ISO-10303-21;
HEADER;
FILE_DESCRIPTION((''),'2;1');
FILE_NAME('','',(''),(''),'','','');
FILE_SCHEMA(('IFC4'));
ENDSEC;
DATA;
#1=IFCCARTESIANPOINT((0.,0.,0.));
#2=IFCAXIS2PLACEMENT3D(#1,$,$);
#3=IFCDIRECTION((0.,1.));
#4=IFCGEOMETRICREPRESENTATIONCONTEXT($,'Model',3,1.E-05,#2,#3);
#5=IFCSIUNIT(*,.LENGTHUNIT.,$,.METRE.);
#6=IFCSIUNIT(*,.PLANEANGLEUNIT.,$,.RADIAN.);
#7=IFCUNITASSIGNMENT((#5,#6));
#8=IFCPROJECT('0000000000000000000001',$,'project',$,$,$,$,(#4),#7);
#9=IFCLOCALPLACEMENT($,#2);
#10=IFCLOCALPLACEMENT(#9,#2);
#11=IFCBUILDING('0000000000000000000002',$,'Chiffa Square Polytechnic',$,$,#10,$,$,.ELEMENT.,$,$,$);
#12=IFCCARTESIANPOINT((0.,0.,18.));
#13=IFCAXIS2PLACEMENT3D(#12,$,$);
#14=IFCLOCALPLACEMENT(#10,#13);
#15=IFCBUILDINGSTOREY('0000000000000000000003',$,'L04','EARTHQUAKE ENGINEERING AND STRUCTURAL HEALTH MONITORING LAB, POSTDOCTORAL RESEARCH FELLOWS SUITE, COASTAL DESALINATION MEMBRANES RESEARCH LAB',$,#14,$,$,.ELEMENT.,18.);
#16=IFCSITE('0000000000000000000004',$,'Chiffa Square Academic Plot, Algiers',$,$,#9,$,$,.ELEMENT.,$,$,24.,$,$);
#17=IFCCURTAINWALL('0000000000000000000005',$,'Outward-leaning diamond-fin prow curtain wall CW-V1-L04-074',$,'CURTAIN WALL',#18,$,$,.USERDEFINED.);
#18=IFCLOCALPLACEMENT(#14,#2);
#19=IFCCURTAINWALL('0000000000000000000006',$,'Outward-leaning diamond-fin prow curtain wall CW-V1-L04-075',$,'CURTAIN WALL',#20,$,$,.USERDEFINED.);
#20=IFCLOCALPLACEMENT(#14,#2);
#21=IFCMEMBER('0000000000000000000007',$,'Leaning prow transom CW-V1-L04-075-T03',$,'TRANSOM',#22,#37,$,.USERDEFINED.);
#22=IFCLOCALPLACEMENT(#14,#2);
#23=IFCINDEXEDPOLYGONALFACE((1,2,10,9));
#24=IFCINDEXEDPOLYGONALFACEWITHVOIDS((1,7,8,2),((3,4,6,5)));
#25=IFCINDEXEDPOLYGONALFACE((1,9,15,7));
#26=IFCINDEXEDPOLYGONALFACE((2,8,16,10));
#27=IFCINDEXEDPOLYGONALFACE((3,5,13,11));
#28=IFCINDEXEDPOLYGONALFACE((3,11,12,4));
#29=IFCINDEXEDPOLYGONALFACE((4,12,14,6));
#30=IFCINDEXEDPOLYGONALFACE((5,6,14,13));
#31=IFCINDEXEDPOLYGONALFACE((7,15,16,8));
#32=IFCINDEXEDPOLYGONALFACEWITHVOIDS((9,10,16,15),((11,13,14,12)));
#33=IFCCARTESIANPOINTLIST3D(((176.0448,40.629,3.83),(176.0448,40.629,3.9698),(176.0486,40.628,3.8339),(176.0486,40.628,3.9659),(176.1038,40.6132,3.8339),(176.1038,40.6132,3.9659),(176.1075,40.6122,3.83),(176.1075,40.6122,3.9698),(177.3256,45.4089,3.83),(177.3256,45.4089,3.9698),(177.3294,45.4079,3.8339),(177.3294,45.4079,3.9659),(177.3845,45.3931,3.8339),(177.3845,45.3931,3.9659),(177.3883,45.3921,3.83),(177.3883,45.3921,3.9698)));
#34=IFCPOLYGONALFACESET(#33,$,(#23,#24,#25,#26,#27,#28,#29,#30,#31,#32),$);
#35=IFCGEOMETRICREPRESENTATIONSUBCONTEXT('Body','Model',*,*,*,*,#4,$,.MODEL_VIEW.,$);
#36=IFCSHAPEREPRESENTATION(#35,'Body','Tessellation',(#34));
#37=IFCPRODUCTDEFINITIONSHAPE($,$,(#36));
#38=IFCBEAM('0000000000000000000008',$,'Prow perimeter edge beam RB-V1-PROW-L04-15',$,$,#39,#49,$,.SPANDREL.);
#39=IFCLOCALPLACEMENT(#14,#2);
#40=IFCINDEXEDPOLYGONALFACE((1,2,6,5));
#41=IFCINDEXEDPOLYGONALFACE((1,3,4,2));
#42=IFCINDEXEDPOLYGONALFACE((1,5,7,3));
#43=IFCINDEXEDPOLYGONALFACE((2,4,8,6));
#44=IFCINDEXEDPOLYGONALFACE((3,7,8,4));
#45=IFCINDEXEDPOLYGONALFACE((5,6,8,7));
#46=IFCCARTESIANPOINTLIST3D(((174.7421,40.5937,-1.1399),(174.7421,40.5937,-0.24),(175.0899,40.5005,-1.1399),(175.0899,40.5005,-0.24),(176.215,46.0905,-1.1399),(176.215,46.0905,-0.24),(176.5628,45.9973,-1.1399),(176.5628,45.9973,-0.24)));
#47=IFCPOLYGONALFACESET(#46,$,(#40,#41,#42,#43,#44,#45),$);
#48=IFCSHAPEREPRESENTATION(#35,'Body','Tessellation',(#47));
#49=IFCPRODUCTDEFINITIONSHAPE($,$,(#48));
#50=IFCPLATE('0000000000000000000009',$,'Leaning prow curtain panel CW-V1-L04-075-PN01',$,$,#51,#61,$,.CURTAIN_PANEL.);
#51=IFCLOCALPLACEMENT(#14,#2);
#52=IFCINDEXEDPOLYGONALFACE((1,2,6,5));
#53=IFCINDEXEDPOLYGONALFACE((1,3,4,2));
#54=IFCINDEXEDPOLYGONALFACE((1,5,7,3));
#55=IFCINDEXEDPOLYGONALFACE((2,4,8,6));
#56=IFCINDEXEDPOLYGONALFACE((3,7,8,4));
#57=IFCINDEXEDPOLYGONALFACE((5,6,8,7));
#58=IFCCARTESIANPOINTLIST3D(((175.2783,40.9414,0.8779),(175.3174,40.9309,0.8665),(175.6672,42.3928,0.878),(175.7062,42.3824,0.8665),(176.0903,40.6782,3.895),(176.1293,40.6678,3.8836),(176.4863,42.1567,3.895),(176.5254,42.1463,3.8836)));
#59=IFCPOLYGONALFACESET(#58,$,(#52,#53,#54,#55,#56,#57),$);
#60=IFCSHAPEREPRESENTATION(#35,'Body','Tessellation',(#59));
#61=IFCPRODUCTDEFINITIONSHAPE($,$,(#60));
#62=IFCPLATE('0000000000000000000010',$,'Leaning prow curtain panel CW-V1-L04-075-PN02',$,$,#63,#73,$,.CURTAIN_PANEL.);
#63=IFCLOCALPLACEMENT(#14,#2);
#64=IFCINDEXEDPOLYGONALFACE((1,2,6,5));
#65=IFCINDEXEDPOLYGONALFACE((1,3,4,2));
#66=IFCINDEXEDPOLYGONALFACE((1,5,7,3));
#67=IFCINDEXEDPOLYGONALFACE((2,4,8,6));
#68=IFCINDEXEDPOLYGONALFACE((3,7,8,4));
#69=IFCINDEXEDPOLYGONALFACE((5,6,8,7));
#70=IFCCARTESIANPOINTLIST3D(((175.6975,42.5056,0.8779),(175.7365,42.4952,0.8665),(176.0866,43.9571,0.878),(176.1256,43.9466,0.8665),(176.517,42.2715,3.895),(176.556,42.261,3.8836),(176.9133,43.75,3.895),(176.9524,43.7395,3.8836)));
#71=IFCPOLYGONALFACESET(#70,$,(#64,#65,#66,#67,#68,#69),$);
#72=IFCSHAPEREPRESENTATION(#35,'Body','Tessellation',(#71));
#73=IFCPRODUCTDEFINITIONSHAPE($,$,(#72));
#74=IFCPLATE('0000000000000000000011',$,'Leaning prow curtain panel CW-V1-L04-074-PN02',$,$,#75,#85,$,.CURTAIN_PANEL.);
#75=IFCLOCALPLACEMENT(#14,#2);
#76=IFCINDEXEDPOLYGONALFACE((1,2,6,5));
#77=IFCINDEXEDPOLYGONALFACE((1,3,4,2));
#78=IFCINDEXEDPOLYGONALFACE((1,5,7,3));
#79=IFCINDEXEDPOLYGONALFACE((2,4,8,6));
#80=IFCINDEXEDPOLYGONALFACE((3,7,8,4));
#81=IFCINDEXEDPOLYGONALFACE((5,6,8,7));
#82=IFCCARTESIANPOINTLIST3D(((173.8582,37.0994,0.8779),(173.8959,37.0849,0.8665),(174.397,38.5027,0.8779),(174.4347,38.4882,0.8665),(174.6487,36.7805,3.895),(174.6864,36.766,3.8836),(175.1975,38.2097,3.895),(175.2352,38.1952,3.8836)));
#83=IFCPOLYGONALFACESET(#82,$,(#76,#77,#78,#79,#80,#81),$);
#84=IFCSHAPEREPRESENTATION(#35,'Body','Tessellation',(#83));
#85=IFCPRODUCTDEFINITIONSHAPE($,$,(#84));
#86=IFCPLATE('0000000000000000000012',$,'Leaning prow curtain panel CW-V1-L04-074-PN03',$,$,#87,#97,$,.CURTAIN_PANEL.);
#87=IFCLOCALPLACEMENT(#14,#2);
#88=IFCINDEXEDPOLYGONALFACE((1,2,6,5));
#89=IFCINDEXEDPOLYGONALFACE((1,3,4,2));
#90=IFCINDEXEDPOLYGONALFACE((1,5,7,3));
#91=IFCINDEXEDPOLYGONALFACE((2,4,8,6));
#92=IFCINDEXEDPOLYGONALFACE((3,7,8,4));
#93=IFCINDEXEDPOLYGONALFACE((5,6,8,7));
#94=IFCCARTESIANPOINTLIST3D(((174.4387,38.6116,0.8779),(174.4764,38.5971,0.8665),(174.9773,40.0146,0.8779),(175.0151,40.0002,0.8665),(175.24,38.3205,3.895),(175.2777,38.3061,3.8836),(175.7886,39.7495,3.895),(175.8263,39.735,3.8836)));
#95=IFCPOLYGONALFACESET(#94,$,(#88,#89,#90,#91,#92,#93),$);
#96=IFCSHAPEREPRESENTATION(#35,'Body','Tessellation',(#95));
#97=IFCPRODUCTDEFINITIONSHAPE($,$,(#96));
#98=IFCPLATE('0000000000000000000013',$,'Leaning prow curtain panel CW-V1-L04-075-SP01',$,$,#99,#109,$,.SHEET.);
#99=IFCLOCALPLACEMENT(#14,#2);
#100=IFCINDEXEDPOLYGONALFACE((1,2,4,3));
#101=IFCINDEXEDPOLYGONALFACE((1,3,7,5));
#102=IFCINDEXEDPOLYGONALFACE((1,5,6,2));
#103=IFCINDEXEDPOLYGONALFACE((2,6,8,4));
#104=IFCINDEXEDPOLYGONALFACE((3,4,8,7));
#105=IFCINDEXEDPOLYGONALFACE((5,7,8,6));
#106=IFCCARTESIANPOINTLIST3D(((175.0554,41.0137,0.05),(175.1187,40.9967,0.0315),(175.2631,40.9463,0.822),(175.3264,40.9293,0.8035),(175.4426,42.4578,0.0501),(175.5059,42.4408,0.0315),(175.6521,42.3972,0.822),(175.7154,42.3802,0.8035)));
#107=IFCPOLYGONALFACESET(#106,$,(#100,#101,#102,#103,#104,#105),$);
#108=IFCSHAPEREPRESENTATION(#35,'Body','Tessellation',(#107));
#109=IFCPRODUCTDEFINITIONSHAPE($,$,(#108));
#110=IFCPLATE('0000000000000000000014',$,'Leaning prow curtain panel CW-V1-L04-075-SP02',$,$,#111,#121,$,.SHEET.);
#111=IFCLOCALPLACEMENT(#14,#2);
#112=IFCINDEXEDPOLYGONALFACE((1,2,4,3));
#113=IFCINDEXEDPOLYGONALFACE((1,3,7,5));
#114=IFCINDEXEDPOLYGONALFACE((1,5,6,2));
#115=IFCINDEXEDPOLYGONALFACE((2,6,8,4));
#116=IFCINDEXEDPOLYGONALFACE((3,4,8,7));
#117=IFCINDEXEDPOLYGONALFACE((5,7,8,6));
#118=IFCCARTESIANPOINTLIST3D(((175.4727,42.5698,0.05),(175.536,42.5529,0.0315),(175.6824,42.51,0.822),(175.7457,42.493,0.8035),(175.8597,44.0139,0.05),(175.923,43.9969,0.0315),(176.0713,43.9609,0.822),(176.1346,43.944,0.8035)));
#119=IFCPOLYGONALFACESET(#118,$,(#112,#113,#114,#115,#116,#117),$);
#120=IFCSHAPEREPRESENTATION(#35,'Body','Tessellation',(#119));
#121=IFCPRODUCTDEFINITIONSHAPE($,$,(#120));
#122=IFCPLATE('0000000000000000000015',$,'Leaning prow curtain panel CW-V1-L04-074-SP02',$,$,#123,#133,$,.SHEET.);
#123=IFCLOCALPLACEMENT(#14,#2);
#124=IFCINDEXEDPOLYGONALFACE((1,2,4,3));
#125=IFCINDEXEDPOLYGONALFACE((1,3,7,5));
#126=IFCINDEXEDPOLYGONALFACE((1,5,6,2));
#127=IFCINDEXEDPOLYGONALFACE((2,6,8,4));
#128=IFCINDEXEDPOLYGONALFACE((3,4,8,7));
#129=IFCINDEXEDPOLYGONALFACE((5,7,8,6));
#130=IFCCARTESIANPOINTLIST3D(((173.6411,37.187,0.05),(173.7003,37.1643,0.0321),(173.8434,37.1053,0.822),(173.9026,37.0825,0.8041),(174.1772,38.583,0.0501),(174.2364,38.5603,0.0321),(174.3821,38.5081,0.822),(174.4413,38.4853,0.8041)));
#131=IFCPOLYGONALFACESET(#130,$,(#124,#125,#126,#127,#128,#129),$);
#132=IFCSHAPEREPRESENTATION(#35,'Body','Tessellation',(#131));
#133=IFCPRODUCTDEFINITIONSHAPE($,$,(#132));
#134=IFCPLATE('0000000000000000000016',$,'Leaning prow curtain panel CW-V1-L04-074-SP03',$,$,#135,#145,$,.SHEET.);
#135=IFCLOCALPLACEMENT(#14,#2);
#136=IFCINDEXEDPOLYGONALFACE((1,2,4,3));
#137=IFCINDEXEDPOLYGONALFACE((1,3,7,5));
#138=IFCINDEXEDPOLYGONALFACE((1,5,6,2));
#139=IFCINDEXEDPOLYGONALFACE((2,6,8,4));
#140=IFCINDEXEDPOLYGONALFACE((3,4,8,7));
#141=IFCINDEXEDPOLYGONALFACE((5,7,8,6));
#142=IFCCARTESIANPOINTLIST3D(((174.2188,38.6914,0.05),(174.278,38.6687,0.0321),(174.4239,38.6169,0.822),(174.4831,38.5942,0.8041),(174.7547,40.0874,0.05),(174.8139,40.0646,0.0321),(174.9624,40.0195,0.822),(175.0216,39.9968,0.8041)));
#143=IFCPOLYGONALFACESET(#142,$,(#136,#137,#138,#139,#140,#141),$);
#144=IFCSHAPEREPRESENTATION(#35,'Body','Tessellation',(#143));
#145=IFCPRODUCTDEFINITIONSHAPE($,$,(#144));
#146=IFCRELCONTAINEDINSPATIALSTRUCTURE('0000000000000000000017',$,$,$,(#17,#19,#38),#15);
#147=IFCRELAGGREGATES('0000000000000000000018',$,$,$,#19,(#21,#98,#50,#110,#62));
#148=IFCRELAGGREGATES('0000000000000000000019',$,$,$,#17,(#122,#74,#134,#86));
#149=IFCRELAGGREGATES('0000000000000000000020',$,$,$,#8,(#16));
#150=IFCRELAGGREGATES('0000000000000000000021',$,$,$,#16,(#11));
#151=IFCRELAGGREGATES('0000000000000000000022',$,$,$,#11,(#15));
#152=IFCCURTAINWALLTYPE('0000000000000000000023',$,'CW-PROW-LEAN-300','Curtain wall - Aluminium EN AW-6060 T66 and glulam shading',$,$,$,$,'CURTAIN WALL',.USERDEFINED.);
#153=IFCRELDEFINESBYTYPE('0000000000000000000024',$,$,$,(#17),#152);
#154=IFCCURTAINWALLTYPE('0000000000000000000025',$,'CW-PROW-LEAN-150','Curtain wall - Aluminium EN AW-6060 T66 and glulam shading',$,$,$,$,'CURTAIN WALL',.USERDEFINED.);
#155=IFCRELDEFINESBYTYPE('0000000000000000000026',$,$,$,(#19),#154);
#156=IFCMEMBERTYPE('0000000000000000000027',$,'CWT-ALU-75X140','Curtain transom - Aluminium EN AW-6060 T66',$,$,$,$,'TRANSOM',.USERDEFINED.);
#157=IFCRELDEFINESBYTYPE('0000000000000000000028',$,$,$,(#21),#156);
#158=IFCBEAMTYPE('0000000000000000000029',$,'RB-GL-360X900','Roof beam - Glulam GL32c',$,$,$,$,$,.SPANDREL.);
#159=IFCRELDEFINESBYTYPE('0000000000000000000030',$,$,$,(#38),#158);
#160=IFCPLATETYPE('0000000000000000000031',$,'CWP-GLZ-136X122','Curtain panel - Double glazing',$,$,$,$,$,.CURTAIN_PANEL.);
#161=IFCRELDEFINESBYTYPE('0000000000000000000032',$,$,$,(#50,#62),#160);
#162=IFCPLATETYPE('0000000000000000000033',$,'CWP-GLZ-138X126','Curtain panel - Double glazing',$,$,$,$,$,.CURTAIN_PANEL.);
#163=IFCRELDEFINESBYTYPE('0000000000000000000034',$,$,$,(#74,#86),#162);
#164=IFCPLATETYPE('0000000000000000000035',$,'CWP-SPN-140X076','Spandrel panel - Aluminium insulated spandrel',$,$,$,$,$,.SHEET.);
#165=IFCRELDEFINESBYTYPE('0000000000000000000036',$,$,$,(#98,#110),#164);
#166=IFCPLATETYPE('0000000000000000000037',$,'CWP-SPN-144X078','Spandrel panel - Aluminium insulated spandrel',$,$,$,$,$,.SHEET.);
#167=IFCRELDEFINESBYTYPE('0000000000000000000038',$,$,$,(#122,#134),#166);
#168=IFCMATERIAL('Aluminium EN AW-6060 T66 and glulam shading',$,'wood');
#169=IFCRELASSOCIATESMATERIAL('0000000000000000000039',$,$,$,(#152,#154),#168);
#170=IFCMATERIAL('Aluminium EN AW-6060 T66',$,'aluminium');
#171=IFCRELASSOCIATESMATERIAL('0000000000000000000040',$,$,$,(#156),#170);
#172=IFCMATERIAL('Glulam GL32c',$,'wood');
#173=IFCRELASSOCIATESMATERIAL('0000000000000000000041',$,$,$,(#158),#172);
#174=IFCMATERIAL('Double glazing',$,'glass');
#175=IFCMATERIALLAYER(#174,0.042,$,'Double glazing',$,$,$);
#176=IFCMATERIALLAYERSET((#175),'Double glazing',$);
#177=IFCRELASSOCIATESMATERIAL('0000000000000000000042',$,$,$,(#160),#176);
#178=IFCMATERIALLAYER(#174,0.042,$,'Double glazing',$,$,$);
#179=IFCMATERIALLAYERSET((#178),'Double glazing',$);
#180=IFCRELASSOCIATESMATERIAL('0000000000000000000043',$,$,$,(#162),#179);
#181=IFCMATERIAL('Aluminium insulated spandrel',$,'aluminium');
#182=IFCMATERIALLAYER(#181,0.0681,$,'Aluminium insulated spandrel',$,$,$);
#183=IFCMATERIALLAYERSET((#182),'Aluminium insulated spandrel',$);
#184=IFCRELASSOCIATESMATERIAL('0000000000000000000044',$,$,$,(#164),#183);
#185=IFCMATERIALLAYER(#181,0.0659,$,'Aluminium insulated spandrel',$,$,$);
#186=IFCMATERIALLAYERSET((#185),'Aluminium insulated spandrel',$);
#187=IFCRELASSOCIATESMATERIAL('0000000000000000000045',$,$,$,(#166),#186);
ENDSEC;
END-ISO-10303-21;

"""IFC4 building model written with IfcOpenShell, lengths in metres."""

from ifc_helpers import new_model, si_unit, direction, frame, origin, origin_2d, place, context, subcontext, project, spatial, polyline, rectangle, hollow_rectangle, outline, extrude, material, layer, layer_set, material_profile, profile_set, type_object, element, aggregate, save


model = new_model("IFC4")

# Units and contexts
model_context = context("Model", 3, precision=1e-05, world=origin(), true_north=direction((0.0, 1.0)))
body_context = subcontext(model_context, "Body", "Model", "MODEL_VIEW")
ifc_project = project(units=[si_unit("LENGTHUNIT", "METRE"), si_unit("PLANEANGLEUNIT", "RADIAN")], contexts=[model_context])

# Site, building, storey
site_placement = place(None, origin())
site = spatial("IfcSite", under=ifc_project, at=site_placement, Name="Chiffa Square Academic Plot, Algiers", CompositionType="ELEMENT", RefElevation=24.0)
building_placement = place(site_placement, origin())
building = spatial("IfcBuilding", under=site, at=building_placement, Name="Chiffa Square Polytechnic", CompositionType="ELEMENT")
storey_placement = place(building_placement, frame((0.0, 0.0, 18.0)))
storey = spatial("IfcBuildingStorey", under=building, at=storey_placement, Name="L04", Description="EARTHQUAKE ENGINEERING AND STRUCTURAL HEALTH MONITORING LAB, POSTDOCTORAL RESEARCH FELLOWS SUITE, COASTAL DESALINATION MEMBRANES RESEARCH LAB", CompositionType="ELEMENT", Elevation=18.0)

# Shared definitions
ifc_material_1 = material(Name="Glulam GL32c", Category="wood")

# Curtain walls
ifc_material_2 = material(Name="Aluminium EN AW-6060 T66 and glulam shading", Category="wood")
curtain_wall_type_1 = type_object("IfcCurtainWallType", Name="CW-PROW-LEAN-300", Description="Curtain wall - Aluminium EN AW-6060 T66 and glulam shading", ElementType="CURTAIN WALL", PredefinedType="USERDEFINED", material=ifc_material_2)
curtain_wall_1_placement = place(storey_placement, origin())
curtain_wall_1 = element("IfcCurtainWall", 1, at=curtain_wall_1_placement, inside=storey, type_object=curtain_wall_type_1, Name="Outward-leaning diamond-fin prow curtain wall CW-V1-L04-074", ObjectType="CURTAIN WALL", PredefinedType="USERDEFINED")
ifc_material_3 = material(Name="Aluminium EN AW-6060 T66", Category="aluminium")
curtain_wall_type_2 = type_object("IfcCurtainWallType", Name="CW-PROW-LEAN-150", Description="Curtain wall - Aluminium EN AW-6060 T66 and glulam shading", ElementType="CURTAIN WALL", PredefinedType="USERDEFINED", material=ifc_material_2)
curtain_wall_2_placement = place(storey_placement, origin())
curtain_wall_2 = element("IfcCurtainWall", 2, at=curtain_wall_2_placement, inside=storey, type_object=curtain_wall_type_2, Name="Outward-leaning diamond-fin prow curtain wall CW-V1-L04-075", ObjectType="CURTAIN WALL", PredefinedType="USERDEFINED")

# Member
ifc_material_profile_1 = material_profile(ifc_material_3, hollow_rectangle(XDim=0.0649, YDim=0.1399, WallThickness=0.0039, at=origin_2d()), Name="ALU 65x140x4")
ifc_profile_set_1 = profile_set([ifc_material_profile_1], Name="Aluminium EN AW-6060 T66")
member_type_1 = type_object("IfcMemberType", Name="CWT-ALU-75X140", Description="Curtain transom - Aluminium EN AW-6060 T66", ElementType="TRANSOM", PredefinedType="USERDEFINED", material=ifc_profile_set_1)
member_1_placement = place(storey_placement, frame((176.0762, 40.6206, 3.8999), z_axis=(0.258823, 0.965925, 0.0), x_axis=(-0.965925, 0.258823, 0.0)))
member_1 = element("IfcMember", 3, at=member_1_placement, type_object=member_type_1, Name="Leaning prow transom CW-V1-L04-075-T03", ObjectType="TRANSOM", PredefinedType="USERDEFINED", context=body_context, shape_type="SweptSolid", body=[
    extrude(hollow_rectangle(XDim=0.0649, YDim=0.1399, WallThickness=0.0039, at=origin_2d()), origin(), (0.0, 0.0, 1.0), 4.9485),
])

# Beam
ifc_material_profile_2 = material_profile(ifc_material_1, rectangle(XDim=0.3601, YDim=0.8999, at=origin_2d()), Name="GL32c 360x900")
ifc_profile_set_2 = profile_set([ifc_material_profile_2], Name="Glulam GL32c")
beam_type_1 = type_object("IfcBeamType", Name="RB-GL-360X900", Description="Roof beam - Glulam GL32c", PredefinedType="SPANDREL", material=ifc_profile_set_2)
beam_1_placement = place(storey_placement, frame((174.916, 40.5471, -0.6899), z_axis=(0.258824, 0.965924, 0.0), x_axis=(-0.965924, 0.258824, 0.0)))
element("IfcBeam", 4, at=beam_1_placement, inside=storey, type_object=beam_type_1, Name="Prow perimeter edge beam RB-V1-PROW-L04-15", PredefinedType="SPANDREL", context=body_context, shape_type="SweptSolid", body=[
    extrude(rectangle(XDim=0.3601, YDim=0.8999, at=origin_2d()), origin(), (0.0, 0.0, 1.0), 5.6907),
])

# Plates
ifc_material_4 = material(Name="Double glazing", Category="glass")
ifc_layer_1 = layer(ifc_material_4, 0.042, Name="Double glazing")
ifc_layer_set_1 = layer_set([ifc_layer_1], Name="Double glazing")
plate_type_1 = type_object("IfcPlateType", Name="CWP-GLZ-136X122", Description="Curtain panel - Double glazing", PredefinedType="CURTAIN_PANEL", material=ifc_layer_set_1)
plate_1_placement = place(storey_placement, frame((175.2783, 40.9414, 0.8779), z_axis=(-0.929555, 0.249023, 0.271873), x_axis=(0.258774, 0.965938, 0.000015)))
plate_1 = element("IfcPlate", 5, at=plate_1_placement, type_object=plate_type_1, Name="Leaning prow curtain panel CW-V1-L04-075-PN01", PredefinedType="CURTAIN_PANEL", context=body_context, shape_type="SweptSolid", body=[
    extrude(outline(polyline([(0.0, 0.0), (1.5026, 0.0), (1.4866, -3.1352), (-0.044, -3.1352), (0.0, 0.0)])), origin(), (0.0, 0.0, -1.0), 0.042),
])
plate_2_placement = place(storey_placement, frame((175.6975, 42.5056, 0.8779), z_axis=(-0.929533, 0.249172, 0.271812), x_axis=(0.258924, 0.965898, 0.000015)))
plate_2 = element("IfcPlate", 6, at=plate_2_placement, type_object=plate_type_1, Name="Leaning prow curtain panel CW-V1-L04-075-PN02", PredefinedType="CURTAIN_PANEL", context=body_context, shape_type="SweptSolid", body=[
    extrude(outline(polyline([(0.0, 0.0), (1.5027, 0.0), (1.5168, -3.1351), (-0.0139, -3.1352), (0.0, 0.0)])), origin(), (0.0, 0.0, -1.0), 0.042),
])
ifc_layer_2 = layer(ifc_material_4, 0.042, Name="Double glazing")
ifc_layer_set_2 = layer_set([ifc_layer_2], Name="Double glazing")
plate_type_2 = type_object("IfcPlateType", Name="CWP-GLZ-138X126", Description="Curtain panel - Double glazing", PredefinedType="CURTAIN_PANEL", material=ifc_layer_set_2)
plate_3_placement = place(storey_placement, frame((173.8582, 37.0994, 0.8779), z_axis=(-0.898383, 0.344966, 0.271858), x_axis=(0.358465, 0.933543, -0.000006)))
plate_3 = element("IfcPlate", 7, at=plate_3_placement, type_object=plate_type_2, Name="Leaning prow curtain panel CW-V1-L04-074-PN02", PredefinedType="CURTAIN_PANEL", context=body_context, shape_type="SweptSolid", body=[
    extrude(outline(polyline([(0.0, 0.0), (1.5032, 0.0), (1.5167, -3.1352), (-0.0143, -3.1352), (0.0, 0.0)])), origin(), (0.0, 0.0, -1.0), 0.042),
])
plate_4_placement = place(storey_placement, frame((174.4387, 38.6116, 0.8779), z_axis=(-0.89841, 0.344881, 0.271874), x_axis=(0.358379, 0.933576, -0.000006)))
plate_4 = element("IfcPlate", 8, at=plate_4_placement, type_object=plate_type_2, Name="Leaning prow curtain panel CW-V1-L04-074-PN03", PredefinedType="CURTAIN_PANEL", context=body_context, shape_type="SweptSolid", body=[
    extrude(outline(polyline([(0.0, 0.0), (1.5029, 0.0), (1.5461, -3.1352), (0.0155, -3.1352), (0.0, 0.0)])), origin(), (0.0, 0.0, -1.0), 0.042),
])
ifc_material_5 = material(Name="Aluminium insulated spandrel", Category="aluminium")
ifc_layer_3 = layer(ifc_material_5, 0.0681, Name="Aluminium insulated spandrel")
ifc_layer_set_3 = layer_set([ifc_layer_3], Name="Aluminium insulated spandrel")
plate_type_3 = type_object("IfcPlateType", Name="CWP-SPN-140X076", Description="Spandrel panel - Aluminium insulated spandrel", PredefinedType="SHEET", material=ifc_layer_set_3)
plate_5_placement = place(storey_placement, frame((175.0554, 41.0137, 0.05), z_axis=(-0.929519, 0.249194, 0.271841), x_axis=(0.258948, 0.965891, 0.00001)))
plate_5 = element("IfcPlate", 9, at=plate_5_placement, type_object=plate_type_3, Name="Leaning prow curtain panel CW-V1-L04-075-SP01", PredefinedType="SHEET", context=body_context, shape_type="SweptSolid", body=[
    extrude(outline(polyline([(0.0, 0.0), (1.4951, 0.0), (1.4909, -0.8022), (-0.0113, -0.8022), (0.0, 0.0)])), origin(), (0.0, 0.0, -1.0), 0.0681),
])
plate_6_placement = place(storey_placement, frame((175.4727, 42.5698, 0.05), z_axis=(-0.929524, 0.249117, 0.271893), x_axis=(0.258866, 0.965913, -0.00001)))
plate_6 = element("IfcPlate", 10, at=plate_6_placement, type_object=plate_type_3, Name="Leaning prow curtain panel CW-V1-L04-075-SP02", PredefinedType="SHEET", context=body_context, shape_type="SweptSolid", body=[
    extrude(outline(polyline([(0.0, 0.0), (1.495, 0.0), (1.4987, -0.8022), (-0.0035, -0.8022), (0.0, 0.0)])), origin(), (0.0, 0.0, -1.0), 0.0681),
])
aggregate(curtain_wall_2, [member_1, plate_5, plate_1, plate_6, plate_2])
ifc_layer_4 = layer(ifc_material_5, 0.0659, Name="Aluminium insulated spandrel")
ifc_layer_set_4 = layer_set([ifc_layer_4], Name="Aluminium insulated spandrel")
plate_type_4 = type_object("IfcPlateType", Name="CWP-SPN-144X078", Description="Spandrel panel - Aluminium insulated spandrel", PredefinedType="SHEET", material=ifc_layer_set_4)
plate_7_placement = place(storey_placement, frame((173.6411, 37.187, 0.05), z_axis=(-0.898354, 0.344954, 0.271966), x_axis=(0.35847, 0.933541, 0.000015)))
plate_7 = element("IfcPlate", 11, at=plate_7_placement, type_object=plate_type_4, Name="Leaning prow curtain panel CW-V1-L04-074-SP02", PredefinedType="SHEET", context=body_context, shape_type="SweptSolid", body=[
    extrude(outline(polyline([(0.0, 0.0), (1.4954, 0.0), (1.4989, -0.8022), (-0.0038, -0.8022), (0.0, 0.0)])), origin(), (0.0, 0.0, -1.0), 0.0659),
])
plate_8_placement = place(storey_placement, frame((174.2188, 38.6914, 0.05), z_axis=(-0.898359, 0.344908, 0.272012), x_axis=(0.358419, 0.933561, -0.000013)))
plate_8 = element("IfcPlate", 12, at=plate_8_placement, type_object=plate_type_4, Name="Leaning prow curtain panel CW-V1-L04-074-SP03", PredefinedType="SHEET", context=body_context, shape_type="SweptSolid", body=[
    extrude(outline(polyline([(0.0, 0.0), (1.4953, 0.0), (1.5064, -0.8022), (0.004, -0.8022), (0.0, 0.0)])), origin(), (0.0, 0.0, -1.0), 0.0659),
])
aggregate(curtain_wall_1, [plate_7, plate_3, plate_8, plate_4])

save(model, "model.ifc")
